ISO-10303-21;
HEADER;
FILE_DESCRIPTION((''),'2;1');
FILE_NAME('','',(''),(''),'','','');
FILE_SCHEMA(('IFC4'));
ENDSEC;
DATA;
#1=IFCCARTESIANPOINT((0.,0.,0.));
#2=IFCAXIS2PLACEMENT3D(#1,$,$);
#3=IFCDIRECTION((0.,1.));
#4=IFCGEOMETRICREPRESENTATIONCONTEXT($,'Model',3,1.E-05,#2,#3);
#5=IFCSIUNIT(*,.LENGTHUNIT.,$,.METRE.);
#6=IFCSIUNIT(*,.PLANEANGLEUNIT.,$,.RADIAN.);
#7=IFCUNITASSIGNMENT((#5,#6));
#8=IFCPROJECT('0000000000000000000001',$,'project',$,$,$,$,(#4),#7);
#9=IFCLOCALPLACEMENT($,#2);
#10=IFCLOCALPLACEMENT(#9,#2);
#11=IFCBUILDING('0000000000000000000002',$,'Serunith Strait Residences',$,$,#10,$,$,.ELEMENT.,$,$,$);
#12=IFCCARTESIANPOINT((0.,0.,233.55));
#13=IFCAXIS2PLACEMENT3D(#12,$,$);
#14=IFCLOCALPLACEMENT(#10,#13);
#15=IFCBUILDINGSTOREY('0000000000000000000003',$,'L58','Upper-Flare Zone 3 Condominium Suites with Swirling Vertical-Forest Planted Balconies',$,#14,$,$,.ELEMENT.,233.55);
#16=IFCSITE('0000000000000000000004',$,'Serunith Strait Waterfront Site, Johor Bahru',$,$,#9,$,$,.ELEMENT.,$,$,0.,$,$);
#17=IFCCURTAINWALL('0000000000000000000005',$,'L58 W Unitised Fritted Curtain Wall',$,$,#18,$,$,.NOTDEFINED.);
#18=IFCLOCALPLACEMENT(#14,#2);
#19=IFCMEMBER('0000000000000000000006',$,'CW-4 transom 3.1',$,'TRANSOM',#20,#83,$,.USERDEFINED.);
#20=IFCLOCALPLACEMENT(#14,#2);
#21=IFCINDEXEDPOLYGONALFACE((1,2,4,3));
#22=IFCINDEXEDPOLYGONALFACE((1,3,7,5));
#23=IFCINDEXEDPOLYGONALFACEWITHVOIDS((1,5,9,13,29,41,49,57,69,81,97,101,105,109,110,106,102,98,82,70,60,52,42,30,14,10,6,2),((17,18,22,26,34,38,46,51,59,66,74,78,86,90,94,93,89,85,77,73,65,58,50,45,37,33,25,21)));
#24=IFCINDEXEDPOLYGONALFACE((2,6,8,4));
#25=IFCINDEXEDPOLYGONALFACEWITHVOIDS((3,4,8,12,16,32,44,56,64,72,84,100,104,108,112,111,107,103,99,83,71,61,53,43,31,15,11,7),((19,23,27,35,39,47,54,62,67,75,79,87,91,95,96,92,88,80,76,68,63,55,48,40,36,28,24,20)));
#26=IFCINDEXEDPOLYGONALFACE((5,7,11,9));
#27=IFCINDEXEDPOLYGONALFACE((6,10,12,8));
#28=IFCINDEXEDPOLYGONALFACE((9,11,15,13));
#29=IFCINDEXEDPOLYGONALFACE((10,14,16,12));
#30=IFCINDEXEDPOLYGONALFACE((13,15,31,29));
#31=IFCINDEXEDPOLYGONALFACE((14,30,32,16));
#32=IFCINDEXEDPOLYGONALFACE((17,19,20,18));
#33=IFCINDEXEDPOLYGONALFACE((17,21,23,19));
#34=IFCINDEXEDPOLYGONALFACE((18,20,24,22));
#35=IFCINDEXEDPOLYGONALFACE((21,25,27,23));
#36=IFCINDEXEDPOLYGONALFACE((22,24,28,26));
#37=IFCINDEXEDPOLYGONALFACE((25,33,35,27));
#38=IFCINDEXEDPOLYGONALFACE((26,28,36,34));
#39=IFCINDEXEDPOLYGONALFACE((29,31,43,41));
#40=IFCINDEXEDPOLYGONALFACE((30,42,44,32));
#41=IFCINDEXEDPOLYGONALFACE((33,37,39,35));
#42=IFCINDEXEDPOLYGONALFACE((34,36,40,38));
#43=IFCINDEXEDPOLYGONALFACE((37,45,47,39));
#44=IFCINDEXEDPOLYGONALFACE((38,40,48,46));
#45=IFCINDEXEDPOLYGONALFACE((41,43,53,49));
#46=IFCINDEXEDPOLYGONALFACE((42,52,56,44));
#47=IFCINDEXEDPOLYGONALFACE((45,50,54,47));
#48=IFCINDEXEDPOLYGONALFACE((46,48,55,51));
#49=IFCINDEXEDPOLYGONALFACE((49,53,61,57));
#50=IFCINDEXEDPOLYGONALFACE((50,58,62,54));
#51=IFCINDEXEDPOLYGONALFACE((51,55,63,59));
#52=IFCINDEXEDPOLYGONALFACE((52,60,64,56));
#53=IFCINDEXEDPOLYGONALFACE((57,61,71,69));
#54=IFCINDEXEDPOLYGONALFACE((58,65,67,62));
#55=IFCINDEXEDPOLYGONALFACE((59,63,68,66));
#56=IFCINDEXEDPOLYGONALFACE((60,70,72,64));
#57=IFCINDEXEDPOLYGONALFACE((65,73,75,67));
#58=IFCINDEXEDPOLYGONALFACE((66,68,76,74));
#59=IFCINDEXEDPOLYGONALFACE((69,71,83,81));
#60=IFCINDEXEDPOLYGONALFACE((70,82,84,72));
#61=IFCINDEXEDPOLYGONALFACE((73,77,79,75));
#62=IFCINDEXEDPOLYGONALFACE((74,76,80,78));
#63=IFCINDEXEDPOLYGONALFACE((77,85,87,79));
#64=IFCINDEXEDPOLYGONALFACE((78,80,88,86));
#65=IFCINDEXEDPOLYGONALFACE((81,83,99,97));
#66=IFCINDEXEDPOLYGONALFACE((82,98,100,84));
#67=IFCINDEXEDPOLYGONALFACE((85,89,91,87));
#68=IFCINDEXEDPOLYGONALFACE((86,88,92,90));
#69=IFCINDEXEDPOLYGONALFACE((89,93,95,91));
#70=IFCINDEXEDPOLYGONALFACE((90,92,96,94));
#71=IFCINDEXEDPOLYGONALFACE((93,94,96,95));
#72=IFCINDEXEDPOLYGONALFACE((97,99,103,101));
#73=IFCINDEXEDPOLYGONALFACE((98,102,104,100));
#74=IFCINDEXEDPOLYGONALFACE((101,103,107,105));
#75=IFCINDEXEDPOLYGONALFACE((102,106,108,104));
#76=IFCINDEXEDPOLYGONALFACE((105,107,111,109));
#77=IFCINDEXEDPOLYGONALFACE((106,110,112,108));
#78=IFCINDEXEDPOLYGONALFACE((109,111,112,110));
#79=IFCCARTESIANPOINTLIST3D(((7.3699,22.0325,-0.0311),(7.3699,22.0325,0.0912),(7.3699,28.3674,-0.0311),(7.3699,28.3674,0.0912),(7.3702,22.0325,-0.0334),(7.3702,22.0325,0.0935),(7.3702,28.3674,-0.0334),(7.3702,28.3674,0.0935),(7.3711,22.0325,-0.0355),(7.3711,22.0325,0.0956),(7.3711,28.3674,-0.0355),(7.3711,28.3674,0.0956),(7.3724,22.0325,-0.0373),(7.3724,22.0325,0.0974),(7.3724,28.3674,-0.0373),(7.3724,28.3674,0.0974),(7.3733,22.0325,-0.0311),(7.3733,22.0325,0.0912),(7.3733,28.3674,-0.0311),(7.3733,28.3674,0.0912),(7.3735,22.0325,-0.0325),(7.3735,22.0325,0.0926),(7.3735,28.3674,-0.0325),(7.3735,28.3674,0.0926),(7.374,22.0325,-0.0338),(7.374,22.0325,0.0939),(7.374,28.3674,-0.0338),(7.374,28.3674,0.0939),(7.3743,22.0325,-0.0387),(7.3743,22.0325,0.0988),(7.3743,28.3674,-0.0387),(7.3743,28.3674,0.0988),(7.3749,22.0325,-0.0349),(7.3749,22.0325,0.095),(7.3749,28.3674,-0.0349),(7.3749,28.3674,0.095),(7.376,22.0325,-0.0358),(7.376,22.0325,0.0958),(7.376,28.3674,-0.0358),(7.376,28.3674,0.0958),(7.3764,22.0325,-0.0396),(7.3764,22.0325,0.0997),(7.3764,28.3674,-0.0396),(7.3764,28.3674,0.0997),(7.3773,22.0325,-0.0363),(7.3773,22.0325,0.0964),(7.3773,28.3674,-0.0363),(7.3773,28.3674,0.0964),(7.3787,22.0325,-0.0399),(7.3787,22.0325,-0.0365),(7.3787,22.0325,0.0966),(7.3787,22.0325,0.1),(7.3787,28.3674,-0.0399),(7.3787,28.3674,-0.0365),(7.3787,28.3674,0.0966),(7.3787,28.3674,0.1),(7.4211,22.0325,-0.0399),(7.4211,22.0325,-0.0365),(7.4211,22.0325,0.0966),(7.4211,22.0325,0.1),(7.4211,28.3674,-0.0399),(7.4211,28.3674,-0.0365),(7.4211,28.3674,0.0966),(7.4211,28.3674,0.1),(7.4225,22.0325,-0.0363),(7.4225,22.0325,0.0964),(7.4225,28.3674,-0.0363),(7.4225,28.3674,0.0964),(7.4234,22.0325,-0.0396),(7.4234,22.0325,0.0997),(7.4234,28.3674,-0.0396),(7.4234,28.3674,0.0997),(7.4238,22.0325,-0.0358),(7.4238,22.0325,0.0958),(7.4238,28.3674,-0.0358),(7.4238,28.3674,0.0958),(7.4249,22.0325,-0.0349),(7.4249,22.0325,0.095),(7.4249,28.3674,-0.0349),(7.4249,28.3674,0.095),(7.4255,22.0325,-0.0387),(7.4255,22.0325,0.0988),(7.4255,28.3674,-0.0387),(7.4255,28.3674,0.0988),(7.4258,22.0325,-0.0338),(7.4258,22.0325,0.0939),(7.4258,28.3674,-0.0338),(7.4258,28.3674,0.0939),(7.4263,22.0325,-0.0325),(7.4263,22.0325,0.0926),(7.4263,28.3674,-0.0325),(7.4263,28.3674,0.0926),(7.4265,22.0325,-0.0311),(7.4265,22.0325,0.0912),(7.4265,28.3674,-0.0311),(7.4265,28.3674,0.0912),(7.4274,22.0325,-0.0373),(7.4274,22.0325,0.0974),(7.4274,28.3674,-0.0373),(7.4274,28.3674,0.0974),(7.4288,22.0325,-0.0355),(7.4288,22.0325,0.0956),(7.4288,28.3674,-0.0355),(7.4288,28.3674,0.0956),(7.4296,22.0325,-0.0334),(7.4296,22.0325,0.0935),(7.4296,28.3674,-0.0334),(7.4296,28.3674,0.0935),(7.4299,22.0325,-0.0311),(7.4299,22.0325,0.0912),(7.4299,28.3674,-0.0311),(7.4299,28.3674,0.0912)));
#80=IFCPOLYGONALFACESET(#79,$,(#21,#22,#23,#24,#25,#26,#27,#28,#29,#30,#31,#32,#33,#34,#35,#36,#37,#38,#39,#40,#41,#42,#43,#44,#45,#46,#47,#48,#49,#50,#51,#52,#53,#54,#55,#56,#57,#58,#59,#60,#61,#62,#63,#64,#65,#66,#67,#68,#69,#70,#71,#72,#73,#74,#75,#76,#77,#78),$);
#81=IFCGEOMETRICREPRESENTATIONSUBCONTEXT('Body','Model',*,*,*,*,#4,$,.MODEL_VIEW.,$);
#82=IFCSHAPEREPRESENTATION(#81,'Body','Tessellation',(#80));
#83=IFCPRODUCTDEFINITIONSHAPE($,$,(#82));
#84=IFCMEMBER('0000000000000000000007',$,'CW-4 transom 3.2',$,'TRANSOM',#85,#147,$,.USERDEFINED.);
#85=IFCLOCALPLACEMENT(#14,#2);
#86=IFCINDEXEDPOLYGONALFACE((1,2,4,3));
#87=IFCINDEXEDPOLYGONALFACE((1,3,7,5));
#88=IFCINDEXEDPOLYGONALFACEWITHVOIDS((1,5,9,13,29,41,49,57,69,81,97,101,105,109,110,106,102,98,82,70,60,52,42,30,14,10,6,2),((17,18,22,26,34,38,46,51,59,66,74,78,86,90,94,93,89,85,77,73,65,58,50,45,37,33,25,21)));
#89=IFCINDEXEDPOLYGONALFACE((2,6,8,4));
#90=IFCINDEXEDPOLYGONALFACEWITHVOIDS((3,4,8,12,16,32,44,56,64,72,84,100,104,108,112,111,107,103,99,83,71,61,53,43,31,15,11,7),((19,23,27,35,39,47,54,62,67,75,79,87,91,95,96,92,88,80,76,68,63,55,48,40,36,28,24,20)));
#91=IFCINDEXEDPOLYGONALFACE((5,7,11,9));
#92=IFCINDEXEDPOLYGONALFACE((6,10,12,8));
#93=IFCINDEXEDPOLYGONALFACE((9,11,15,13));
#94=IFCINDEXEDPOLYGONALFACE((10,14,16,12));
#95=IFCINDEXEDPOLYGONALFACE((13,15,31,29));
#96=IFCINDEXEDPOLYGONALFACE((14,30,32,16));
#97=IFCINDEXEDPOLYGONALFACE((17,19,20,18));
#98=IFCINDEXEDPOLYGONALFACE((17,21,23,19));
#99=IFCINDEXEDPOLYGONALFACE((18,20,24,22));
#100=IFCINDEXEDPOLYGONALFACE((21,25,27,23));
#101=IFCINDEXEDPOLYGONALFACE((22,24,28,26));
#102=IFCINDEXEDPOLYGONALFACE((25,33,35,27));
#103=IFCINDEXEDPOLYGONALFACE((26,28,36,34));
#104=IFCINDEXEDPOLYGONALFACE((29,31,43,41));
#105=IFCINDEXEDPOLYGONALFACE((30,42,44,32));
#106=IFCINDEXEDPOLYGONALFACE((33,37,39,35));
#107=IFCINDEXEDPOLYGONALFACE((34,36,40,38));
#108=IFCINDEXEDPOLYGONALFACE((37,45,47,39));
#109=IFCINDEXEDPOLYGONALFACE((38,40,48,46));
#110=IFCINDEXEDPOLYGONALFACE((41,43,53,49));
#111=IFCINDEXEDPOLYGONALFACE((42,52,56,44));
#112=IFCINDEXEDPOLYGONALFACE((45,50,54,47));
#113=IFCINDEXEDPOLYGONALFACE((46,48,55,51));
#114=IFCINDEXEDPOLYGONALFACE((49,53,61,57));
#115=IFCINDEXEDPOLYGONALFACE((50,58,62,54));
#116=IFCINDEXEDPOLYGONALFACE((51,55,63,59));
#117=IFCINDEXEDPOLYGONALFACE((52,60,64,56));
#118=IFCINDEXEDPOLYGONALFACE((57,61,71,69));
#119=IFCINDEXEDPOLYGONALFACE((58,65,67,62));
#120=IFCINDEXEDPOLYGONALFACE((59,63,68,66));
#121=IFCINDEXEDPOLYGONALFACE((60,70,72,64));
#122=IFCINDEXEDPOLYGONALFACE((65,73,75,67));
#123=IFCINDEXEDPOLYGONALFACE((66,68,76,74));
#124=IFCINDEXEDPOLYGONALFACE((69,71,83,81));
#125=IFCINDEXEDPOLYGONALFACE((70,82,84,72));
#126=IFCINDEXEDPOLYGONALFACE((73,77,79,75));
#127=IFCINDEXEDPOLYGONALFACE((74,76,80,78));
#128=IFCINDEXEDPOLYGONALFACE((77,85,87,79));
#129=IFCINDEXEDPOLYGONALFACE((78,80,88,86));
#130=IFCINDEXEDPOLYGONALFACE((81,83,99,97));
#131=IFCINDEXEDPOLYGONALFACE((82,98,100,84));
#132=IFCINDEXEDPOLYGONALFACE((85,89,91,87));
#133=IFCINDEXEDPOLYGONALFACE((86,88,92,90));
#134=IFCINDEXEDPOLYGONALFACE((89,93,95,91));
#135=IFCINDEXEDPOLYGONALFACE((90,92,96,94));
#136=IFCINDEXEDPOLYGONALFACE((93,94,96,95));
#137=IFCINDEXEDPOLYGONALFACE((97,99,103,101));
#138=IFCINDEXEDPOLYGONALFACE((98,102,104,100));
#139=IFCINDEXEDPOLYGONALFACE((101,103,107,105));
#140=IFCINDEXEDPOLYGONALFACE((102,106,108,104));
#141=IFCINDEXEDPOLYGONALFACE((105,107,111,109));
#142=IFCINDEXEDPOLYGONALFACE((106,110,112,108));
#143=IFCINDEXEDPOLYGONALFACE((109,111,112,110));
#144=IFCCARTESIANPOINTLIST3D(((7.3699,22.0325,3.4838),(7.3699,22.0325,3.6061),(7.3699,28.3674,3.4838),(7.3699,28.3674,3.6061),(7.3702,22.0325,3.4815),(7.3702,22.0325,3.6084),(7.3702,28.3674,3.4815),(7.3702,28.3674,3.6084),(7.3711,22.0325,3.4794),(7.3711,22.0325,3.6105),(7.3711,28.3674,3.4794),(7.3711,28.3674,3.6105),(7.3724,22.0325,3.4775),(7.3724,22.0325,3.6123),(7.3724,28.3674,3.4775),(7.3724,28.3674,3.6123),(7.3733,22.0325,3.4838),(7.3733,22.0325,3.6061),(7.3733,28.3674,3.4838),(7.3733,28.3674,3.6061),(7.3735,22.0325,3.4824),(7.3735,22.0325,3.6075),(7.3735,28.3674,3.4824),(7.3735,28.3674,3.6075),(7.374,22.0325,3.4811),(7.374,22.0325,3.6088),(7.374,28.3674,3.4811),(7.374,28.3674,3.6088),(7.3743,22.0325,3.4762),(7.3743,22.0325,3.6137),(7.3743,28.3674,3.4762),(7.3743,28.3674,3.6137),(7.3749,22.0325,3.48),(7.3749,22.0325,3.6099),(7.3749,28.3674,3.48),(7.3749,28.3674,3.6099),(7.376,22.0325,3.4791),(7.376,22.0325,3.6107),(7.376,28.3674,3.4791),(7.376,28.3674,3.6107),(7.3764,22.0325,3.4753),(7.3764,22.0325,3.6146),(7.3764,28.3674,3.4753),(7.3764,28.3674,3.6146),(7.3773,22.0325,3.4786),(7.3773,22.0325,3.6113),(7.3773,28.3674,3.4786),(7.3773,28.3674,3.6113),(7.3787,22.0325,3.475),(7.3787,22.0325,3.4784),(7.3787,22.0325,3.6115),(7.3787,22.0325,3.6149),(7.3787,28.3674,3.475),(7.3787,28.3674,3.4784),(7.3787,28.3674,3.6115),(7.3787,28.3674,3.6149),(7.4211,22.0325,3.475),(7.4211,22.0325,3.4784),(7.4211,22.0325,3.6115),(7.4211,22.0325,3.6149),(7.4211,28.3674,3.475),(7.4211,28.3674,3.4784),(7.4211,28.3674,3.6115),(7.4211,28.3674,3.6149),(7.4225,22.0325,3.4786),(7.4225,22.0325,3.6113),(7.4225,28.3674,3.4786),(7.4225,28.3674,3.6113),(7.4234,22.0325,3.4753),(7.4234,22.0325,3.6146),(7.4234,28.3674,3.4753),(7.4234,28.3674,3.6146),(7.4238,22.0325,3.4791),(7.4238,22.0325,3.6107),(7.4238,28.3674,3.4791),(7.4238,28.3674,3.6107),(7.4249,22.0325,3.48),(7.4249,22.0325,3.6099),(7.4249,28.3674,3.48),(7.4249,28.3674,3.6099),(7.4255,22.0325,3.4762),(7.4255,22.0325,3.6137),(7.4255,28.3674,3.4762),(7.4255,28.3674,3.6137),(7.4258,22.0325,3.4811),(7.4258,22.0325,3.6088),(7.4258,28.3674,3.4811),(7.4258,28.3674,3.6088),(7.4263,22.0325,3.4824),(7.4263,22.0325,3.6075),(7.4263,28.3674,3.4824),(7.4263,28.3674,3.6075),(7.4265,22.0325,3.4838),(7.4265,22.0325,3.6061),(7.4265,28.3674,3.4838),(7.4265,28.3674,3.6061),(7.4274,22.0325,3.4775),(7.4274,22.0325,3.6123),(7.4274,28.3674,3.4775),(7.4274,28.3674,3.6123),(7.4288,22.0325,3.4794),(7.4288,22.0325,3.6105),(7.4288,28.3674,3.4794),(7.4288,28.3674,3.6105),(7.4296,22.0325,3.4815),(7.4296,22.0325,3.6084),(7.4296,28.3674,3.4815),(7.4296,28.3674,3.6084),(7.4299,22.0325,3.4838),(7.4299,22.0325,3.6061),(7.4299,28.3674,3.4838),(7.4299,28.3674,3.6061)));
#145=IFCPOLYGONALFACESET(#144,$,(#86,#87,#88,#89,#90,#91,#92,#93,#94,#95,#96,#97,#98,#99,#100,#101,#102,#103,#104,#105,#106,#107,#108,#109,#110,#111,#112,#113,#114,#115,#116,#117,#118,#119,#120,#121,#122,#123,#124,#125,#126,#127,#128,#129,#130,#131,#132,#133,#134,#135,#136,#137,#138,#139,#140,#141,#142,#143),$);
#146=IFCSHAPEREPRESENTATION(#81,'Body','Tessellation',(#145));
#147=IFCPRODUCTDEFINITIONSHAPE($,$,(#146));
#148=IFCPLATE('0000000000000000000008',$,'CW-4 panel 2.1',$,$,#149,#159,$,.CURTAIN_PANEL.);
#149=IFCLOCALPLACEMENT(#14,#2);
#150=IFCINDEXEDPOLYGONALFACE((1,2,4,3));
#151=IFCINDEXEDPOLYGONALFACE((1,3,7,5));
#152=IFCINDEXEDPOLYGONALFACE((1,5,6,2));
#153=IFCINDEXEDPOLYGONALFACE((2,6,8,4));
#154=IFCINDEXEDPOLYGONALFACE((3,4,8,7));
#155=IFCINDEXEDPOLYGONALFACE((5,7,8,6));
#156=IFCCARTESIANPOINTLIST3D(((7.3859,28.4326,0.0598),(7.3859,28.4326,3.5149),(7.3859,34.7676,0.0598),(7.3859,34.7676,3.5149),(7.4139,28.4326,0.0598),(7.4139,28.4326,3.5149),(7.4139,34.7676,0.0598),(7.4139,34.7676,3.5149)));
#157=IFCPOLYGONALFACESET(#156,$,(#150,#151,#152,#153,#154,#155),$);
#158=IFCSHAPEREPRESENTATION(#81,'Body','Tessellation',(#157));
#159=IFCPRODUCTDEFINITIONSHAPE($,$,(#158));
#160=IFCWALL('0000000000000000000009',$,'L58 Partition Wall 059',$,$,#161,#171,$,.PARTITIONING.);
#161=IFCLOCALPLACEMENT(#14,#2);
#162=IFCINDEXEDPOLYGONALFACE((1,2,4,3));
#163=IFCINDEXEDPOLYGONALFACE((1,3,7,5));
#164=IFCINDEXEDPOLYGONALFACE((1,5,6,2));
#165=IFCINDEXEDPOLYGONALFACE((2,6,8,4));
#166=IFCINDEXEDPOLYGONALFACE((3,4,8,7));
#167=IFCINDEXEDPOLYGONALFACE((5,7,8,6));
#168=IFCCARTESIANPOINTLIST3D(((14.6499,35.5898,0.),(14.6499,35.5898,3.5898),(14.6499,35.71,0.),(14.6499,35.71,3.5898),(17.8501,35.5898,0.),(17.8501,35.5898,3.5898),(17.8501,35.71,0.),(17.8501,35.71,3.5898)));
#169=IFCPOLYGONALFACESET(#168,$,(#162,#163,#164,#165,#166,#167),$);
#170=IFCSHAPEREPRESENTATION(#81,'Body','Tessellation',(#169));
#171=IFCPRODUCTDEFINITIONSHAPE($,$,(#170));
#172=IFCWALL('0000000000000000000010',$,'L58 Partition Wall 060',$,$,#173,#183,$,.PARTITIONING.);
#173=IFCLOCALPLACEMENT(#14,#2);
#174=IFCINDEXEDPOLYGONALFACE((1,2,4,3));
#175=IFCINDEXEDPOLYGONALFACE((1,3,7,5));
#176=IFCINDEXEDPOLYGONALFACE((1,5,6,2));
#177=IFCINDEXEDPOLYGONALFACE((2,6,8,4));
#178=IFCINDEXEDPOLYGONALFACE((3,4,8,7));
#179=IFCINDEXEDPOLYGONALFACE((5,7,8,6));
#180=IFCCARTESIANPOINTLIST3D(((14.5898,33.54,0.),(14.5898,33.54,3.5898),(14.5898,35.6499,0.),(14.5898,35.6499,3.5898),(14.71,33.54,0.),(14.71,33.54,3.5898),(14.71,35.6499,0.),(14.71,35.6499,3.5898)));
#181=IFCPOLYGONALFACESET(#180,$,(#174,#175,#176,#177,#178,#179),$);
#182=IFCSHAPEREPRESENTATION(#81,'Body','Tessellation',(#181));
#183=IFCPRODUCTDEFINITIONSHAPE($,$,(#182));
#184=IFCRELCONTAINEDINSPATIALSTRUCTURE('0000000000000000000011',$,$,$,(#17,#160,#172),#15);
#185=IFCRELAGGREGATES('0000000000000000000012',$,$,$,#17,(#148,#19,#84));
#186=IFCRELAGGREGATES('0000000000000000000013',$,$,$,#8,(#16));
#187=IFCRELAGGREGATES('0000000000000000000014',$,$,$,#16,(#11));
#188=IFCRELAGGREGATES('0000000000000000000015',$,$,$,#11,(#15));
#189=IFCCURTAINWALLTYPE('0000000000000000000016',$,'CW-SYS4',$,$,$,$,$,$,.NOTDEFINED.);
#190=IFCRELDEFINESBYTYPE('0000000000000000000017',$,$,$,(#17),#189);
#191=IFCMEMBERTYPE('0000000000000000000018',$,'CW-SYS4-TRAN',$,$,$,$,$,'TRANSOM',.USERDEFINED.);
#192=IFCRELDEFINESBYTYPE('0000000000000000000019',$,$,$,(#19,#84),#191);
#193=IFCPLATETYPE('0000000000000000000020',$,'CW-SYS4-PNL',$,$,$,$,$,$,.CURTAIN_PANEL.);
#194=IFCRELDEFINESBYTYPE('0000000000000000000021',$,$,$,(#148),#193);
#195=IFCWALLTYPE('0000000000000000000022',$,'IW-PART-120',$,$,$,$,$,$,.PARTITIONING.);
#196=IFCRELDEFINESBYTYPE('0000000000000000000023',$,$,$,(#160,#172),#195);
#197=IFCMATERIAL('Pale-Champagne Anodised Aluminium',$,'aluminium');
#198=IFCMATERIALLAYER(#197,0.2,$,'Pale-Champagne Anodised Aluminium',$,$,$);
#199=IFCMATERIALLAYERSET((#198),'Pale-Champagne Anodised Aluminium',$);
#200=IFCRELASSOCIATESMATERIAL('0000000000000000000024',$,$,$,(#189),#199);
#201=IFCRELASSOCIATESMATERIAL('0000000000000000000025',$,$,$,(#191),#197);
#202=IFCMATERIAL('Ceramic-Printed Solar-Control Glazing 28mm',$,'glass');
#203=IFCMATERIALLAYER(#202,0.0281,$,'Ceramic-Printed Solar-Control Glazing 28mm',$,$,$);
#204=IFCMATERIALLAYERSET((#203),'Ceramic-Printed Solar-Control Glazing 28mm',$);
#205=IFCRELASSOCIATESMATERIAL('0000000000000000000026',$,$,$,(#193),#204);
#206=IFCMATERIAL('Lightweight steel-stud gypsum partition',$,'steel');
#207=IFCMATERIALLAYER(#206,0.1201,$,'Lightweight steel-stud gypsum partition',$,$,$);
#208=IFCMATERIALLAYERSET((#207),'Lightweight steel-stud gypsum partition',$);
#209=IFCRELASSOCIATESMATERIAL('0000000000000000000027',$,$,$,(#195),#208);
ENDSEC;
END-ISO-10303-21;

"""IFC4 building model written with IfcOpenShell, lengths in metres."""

from ifc_helpers import new_model, si_unit, direction, frame, frame_2d, origin, origin_2d, place, context, subcontext, project, spatial, rectangle, hollow_rectangle, extrude, source, transform, mapped, material, layer, layer_set, material_profile, profile_set, type_object, element, aggregate, save


model = new_model("IFC4")

# Units and contexts
model_context = context("Model", 3, precision=1e-05, world=origin(), true_north=direction((0.0, 1.0)))
body_context = subcontext(model_context, "Body", "Model", "MODEL_VIEW")
ifc_project = project(units=[si_unit("LENGTHUNIT", "METRE"), si_unit("PLANEANGLEUNIT", "RADIAN")], contexts=[model_context])

# Site, building, storey
site_placement = place(None, origin())
site = spatial("IfcSite", under=ifc_project, at=site_placement, Name="Serunith Strait Waterfront Site, Johor Bahru", CompositionType="ELEMENT", RefElevation=0.0)
building_placement = place(site_placement, origin())
building = spatial("IfcBuilding", under=site, at=building_placement, Name="Serunith Strait Residences", CompositionType="ELEMENT")
storey_placement = place(building_placement, frame((0.0, 0.0, 233.55)))
storey = spatial("IfcBuildingStorey", under=building, at=storey_placement, Name="L58", Description="Upper-Flare Zone 3 Condominium Suites with Swirling Vertical-Forest Planted Balconies", CompositionType="ELEMENT", Elevation=233.55)

# Curtain wall, members, plate
ifc_material_1 = material(Name="Pale-Champagne Anodised Aluminium", Category="aluminium")
ifc_layer_1 = layer(ifc_material_1, 0.2, Name="Pale-Champagne Anodised Aluminium")
ifc_layer_set_1 = layer_set([ifc_layer_1], Name="Pale-Champagne Anodised Aluminium")
curtain_wall_type = type_object("IfcCurtainWallType", Name="CW-SYS4", PredefinedType="NOTDEFINED", material=ifc_layer_set_1)
curtain_wall_placement = place(storey_placement, origin())
curtain_wall = element("IfcCurtainWall", 1, at=curtain_wall_placement, inside=storey, type_object=curtain_wall_type, Name="L58 W Unitised Fritted Curtain Wall", PredefinedType="NOTDEFINED")
ifc_material_profile_1 = material_profile(ifc_material_1, hollow_rectangle(XDim=0.0601, YDim=0.1399, WallThickness=0.0034, InnerFilletRadius=0.0054, OuterFilletRadius=0.0088, at=origin_2d()), Name="ALU 140x60x3.5")
ifc_profile_set_1 = profile_set([ifc_material_profile_1], Name="Pale-Champagne Anodised Aluminium")
member_type_1 = type_object("IfcMemberType", Name="CW-SYS4-TRAN", ElementType="TRANSOM", PredefinedType="USERDEFINED", material=ifc_profile_set_1)
shared_shape_1 = source(origin(), body_context, "Body", "SweptSolid", [
    extrude(hollow_rectangle(XDim=0.0601, YDim=0.1399, WallThickness=0.0034, InnerFilletRadius=0.0054, OuterFilletRadius=0.0088, at=origin_2d()), origin(), (0.0, 0.0, 1.0), 6.335),
])
member_1_placement = place(storey_placement, frame((7.3999, 28.3674, 0.03), z_axis=(0.0, -1.0, 0.0), x_axis=(1.0, 0.0, 0.0)))
member_1 = element("IfcMember", 2, at=member_1_placement, type_object=member_type_1, Name="CW-4 transom 3.1", ObjectType="TRANSOM", PredefinedType="USERDEFINED", context=body_context, shape_type="MappedRepresentation", body=[
    mapped(shared_shape_1, transform((0.0, 0.0, 0.0), scale=1.0)),
])
member_2_placement = place(storey_placement, frame((7.3999, 28.3674, 3.5449), z_axis=(0.0, -1.0, 0.0), x_axis=(1.0, 0.0, 0.0)))
member_2 = element("IfcMember", 3, at=member_2_placement, type_object=member_type_1, Name="CW-4 transom 3.2", ObjectType="TRANSOM", PredefinedType="USERDEFINED", context=body_context, shape_type="MappedRepresentation", body=[
    mapped(shared_shape_1, transform((0.0, 0.0, 0.0), scale=1.0)),
])
ifc_material_2 = material(Name="Ceramic-Printed Solar-Control Glazing 28mm", Category="glass")
ifc_layer_2 = layer(ifc_material_2, 0.0281, Name="Ceramic-Printed Solar-Control Glazing 28mm")
ifc_layer_set_2 = layer_set([ifc_layer_2], Name="Ceramic-Printed Solar-Control Glazing 28mm")
plate_type = type_object("IfcPlateType", Name="CW-SYS4-PNL", PredefinedType="CURTAIN_PANEL", material=ifc_layer_set_2)
shared_shape_2 = source(origin(), body_context, "Body", "SweptSolid", [
    extrude(rectangle(XDim=6.335, YDim=0.0281, at=origin_2d()), origin(), (0.0, 0.0, 1.0), 3.4551),
])
plate_placement = place(storey_placement, frame((7.3999, 31.6001, 0.0598), z_axis=(0.0, 0.0, 1.0), x_axis=(0.0, -1.0, 0.0)))
plate = element("IfcPlate", 4, at=plate_placement, type_object=plate_type, Name="CW-4 panel 2.1", PredefinedType="CURTAIN_PANEL", context=body_context, shape_type="MappedRepresentation", body=[
    mapped(shared_shape_2, transform((0.0, 0.0, 0.0), scale=1.0)),
])
aggregate(curtain_wall, [plate, member_1, member_2])

# Walls
ifc_material_3 = material(Name="Lightweight steel-stud gypsum partition", Category="steel")
ifc_layer_3 = layer(ifc_material_3, 0.1201, Name="Lightweight steel-stud gypsum partition")
ifc_layer_set_3 = layer_set([ifc_layer_3], Name="Lightweight steel-stud gypsum partition")
wall_type_1 = type_object("IfcWallType", Name="IW-PART-120", PredefinedType="PARTITIONING", material=ifc_layer_set_3)
wall_1_placement = place(storey_placement, frame((14.6499, 35.6499, 0.0), z_axis=(0.0, 0.0, 1.0), x_axis=(1.0, 0.0, 0.0)))
element("IfcWall", 5, at=wall_1_placement, inside=storey, type_object=wall_type_1, Name="L58 Partition Wall 059", PredefinedType="PARTITIONING", context=body_context, shape_type="SweptSolid", body=[
    extrude(rectangle(XDim=3.2002, YDim=0.1201, at=frame_2d((1.6001, 0.0))), origin(), (0.0, 0.0, 1.0), 3.5898),
])
wall_2_placement = place(storey_placement, frame((14.6499, 35.6499, 0.0), z_axis=(0.0, 0.0, 1.0), x_axis=(0.0, -1.0, 0.0)))
element("IfcWall", 6, at=wall_2_placement, inside=storey, type_object=wall_type_1, Name="L58 Partition Wall 060", PredefinedType="PARTITIONING", context=body_context, shape_type="SweptSolid", body=[
    extrude(rectangle(XDim=2.1099, YDim=0.1201, at=frame_2d((1.0549, 0.0))), origin(), (0.0, 0.0, 1.0), 3.5898),
])

save(model, "model.ifc")
